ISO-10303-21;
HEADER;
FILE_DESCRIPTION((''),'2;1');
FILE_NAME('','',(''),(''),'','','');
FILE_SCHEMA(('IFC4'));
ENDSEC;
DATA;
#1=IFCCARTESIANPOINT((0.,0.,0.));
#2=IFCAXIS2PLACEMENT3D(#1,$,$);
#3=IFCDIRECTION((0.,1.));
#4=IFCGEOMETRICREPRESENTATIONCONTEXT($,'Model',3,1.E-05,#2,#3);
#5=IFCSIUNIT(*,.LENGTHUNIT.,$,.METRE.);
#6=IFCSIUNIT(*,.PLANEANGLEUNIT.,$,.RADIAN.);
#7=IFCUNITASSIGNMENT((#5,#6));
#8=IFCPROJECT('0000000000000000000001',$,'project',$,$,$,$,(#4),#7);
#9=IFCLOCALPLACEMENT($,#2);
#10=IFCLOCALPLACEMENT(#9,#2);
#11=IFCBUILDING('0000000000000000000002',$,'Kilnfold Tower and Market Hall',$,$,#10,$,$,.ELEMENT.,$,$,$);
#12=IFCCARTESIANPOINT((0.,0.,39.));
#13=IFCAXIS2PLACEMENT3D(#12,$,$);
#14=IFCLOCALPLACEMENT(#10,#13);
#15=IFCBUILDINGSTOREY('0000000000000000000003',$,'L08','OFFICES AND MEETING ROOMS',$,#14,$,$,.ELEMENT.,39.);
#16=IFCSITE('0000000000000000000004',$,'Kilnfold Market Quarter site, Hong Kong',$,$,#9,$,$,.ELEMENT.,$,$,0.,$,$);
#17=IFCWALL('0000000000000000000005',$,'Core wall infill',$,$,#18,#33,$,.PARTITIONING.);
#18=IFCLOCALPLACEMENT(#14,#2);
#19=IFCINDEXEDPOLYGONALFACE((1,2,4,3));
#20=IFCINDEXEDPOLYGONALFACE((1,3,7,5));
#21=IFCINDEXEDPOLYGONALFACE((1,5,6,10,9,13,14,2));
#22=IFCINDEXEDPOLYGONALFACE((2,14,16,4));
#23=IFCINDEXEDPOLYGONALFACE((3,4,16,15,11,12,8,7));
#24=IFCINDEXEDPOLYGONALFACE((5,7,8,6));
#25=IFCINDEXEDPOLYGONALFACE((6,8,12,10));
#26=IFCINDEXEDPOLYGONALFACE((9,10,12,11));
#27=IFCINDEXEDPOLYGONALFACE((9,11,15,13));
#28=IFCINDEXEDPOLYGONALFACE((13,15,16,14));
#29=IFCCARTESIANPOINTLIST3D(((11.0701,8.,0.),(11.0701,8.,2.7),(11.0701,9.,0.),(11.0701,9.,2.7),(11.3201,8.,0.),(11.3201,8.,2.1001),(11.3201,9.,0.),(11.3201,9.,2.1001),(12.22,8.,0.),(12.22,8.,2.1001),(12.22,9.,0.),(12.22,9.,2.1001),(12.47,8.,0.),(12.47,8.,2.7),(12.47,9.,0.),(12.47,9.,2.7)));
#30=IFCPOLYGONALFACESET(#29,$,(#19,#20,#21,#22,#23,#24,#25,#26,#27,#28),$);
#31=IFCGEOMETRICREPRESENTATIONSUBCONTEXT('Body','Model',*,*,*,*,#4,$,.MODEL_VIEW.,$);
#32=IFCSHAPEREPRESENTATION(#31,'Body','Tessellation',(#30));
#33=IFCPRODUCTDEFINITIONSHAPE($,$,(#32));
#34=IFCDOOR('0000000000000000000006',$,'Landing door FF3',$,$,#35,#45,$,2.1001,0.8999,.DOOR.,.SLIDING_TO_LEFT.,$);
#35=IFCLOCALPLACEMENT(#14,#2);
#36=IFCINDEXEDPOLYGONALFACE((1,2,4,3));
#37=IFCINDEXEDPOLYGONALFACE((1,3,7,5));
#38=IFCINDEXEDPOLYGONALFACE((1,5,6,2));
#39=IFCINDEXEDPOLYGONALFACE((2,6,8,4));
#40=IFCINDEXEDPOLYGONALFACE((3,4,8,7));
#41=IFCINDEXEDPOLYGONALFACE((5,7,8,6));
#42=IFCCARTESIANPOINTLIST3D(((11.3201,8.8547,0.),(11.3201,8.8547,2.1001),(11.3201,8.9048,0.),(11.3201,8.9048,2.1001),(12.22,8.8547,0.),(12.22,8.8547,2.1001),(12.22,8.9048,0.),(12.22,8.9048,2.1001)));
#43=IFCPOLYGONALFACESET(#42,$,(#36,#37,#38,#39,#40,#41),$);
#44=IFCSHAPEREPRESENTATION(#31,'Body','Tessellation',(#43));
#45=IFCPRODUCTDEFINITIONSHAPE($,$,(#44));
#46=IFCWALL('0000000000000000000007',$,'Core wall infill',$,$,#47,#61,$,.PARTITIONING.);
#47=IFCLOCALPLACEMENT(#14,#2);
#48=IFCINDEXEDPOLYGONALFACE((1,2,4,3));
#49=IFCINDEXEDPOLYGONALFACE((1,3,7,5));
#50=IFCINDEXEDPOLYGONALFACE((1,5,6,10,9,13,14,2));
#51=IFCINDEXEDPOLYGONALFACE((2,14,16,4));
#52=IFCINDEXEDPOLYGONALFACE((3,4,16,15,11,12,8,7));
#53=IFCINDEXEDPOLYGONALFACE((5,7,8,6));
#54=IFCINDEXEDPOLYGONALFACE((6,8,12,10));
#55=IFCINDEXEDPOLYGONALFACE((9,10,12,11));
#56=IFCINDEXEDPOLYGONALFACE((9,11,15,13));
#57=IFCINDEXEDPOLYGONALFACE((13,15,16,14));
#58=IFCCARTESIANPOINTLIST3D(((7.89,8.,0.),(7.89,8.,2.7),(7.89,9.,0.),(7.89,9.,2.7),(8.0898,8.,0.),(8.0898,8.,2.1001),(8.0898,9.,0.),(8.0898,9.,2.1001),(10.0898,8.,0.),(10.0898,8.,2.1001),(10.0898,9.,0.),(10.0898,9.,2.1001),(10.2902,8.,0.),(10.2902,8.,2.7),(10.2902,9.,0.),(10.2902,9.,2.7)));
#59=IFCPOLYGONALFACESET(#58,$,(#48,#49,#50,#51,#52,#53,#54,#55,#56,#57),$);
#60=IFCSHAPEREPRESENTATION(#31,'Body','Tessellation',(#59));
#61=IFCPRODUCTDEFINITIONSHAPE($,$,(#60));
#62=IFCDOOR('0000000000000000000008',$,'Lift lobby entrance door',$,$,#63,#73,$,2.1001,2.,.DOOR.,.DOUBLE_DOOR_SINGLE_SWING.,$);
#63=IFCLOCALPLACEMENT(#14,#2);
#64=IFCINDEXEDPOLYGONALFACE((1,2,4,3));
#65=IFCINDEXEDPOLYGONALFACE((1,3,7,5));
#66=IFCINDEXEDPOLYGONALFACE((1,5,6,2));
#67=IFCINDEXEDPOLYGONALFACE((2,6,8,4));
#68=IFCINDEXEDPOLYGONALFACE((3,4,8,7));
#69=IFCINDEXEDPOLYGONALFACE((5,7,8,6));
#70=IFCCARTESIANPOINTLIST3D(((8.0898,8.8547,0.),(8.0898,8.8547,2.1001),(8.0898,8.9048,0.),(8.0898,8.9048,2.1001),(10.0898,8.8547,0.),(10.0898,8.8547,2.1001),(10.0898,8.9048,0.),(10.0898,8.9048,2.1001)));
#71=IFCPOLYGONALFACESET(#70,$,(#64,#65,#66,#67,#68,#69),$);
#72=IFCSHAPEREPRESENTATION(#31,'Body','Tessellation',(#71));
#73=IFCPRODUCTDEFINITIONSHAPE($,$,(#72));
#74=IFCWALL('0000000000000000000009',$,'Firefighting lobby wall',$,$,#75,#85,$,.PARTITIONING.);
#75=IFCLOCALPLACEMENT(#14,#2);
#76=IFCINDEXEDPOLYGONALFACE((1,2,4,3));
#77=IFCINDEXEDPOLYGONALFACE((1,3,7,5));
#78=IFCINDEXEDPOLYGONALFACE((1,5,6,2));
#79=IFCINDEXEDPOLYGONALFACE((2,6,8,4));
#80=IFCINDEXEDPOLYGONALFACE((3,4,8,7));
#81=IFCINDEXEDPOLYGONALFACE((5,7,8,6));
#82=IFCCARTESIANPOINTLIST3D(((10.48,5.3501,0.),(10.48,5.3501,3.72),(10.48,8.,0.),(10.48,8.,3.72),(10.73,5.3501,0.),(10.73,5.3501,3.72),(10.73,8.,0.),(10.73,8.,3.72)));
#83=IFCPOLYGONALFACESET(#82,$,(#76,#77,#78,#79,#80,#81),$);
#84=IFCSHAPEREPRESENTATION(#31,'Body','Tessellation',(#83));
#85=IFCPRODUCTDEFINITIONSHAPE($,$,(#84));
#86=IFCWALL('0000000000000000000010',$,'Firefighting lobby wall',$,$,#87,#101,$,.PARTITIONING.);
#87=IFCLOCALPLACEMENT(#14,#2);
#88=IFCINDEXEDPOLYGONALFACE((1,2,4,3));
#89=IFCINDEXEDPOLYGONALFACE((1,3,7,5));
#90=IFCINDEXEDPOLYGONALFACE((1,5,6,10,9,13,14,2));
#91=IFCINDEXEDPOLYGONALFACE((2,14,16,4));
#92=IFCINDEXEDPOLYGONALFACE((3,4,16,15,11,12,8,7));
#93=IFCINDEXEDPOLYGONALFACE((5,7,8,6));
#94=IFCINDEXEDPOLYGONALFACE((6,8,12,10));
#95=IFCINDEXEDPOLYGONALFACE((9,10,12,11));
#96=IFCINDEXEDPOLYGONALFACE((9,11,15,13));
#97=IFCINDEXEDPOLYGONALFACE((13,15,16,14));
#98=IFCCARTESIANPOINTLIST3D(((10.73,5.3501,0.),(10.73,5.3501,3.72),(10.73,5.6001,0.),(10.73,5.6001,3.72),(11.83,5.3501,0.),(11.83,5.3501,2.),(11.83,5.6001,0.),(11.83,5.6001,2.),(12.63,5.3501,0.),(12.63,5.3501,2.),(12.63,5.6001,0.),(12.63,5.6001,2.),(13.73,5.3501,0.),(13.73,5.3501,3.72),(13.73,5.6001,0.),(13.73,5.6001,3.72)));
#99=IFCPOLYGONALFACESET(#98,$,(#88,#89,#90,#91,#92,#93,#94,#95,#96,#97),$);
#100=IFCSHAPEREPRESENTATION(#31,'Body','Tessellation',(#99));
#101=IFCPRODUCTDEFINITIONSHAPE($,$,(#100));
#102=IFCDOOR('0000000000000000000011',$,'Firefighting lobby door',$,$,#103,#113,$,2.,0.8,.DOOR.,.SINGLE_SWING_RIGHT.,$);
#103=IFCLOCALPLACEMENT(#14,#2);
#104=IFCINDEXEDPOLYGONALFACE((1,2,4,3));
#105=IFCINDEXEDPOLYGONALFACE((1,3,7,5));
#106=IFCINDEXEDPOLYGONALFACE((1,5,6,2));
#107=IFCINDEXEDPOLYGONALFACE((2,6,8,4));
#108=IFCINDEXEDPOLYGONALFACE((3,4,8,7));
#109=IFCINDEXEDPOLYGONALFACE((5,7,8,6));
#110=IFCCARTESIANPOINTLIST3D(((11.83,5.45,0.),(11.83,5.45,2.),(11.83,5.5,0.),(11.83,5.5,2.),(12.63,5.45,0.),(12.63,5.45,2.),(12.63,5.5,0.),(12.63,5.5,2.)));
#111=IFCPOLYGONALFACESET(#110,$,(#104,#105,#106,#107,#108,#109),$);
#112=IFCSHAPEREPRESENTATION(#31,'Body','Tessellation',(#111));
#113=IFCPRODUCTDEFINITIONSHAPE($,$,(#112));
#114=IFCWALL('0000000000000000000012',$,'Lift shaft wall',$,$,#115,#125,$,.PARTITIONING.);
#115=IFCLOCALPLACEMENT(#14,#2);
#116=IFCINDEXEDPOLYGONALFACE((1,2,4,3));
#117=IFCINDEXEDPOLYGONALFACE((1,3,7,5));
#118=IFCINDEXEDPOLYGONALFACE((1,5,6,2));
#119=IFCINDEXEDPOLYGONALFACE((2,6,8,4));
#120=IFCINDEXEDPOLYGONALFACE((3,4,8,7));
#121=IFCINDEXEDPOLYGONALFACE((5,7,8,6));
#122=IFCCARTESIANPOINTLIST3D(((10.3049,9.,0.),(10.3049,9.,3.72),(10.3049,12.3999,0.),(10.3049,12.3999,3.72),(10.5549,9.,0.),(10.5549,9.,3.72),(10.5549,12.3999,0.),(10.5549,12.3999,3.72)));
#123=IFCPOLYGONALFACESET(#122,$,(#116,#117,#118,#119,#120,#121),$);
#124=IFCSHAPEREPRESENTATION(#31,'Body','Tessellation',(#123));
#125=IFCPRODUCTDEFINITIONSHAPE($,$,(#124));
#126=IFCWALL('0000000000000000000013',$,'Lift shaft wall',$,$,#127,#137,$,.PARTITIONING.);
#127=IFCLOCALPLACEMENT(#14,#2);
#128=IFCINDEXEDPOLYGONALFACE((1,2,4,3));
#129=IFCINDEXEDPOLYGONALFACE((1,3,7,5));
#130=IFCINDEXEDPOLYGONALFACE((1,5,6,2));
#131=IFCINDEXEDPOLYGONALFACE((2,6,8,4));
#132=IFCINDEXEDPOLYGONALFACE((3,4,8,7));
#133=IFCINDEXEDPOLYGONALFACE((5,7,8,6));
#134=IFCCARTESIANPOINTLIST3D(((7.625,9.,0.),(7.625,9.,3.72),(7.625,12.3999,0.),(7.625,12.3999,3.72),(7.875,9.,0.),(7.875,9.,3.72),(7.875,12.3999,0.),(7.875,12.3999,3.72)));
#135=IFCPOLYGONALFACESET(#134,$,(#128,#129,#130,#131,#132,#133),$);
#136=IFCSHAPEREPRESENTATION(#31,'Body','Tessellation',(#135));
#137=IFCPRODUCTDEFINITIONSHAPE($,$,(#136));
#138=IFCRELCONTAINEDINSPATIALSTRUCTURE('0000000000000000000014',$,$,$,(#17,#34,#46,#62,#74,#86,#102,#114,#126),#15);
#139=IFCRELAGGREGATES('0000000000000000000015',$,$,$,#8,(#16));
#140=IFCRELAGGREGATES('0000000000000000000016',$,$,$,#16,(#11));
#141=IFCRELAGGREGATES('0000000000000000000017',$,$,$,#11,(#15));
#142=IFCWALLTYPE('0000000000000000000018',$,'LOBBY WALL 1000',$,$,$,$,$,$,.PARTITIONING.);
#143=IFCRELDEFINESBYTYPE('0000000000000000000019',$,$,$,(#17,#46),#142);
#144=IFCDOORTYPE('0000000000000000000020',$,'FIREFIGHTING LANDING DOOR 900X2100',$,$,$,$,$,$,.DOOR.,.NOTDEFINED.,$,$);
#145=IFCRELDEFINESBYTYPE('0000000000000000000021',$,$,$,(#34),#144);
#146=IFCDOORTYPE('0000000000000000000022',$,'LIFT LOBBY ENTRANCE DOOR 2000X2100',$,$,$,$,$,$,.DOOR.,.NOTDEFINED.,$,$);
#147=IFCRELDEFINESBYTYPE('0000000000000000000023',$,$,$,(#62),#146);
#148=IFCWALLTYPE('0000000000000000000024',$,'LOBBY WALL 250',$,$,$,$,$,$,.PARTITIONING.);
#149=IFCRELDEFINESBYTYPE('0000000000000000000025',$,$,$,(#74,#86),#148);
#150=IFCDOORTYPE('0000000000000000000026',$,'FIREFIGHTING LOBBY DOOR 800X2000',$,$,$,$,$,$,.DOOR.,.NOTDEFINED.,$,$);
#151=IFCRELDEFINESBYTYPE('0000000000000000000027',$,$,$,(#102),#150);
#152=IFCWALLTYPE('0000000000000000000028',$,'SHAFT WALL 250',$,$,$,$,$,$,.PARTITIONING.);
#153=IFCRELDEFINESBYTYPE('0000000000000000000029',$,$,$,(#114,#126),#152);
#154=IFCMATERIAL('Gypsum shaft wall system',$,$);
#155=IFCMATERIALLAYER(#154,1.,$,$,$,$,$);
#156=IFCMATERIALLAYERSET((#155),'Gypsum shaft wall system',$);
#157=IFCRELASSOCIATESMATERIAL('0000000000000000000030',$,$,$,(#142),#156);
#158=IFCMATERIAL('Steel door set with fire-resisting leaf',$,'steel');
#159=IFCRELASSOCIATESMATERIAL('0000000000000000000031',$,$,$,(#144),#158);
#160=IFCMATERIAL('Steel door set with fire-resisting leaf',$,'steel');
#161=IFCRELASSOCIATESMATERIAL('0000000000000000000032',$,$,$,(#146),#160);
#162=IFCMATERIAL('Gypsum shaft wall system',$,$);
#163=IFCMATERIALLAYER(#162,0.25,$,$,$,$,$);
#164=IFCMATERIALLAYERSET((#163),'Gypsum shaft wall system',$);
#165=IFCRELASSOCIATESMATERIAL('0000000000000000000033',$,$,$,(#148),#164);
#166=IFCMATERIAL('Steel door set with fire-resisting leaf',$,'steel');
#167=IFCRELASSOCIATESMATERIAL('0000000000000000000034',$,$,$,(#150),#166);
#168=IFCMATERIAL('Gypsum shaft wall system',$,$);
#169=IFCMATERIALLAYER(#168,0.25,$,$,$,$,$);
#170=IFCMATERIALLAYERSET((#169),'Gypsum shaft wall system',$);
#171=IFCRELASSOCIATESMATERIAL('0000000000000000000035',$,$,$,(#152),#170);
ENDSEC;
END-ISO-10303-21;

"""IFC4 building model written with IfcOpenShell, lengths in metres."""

from ifc_helpers import new_model, si_unit, direction, frame, frame_2d, origin, place, context, subcontext, project, spatial, rectangle, extrude, source, transform, mapped, material, layer, layer_set, type_object, element, fill, save


model = new_model("IFC4")

# Units and contexts
model_context = context("Model", 3, precision=1e-05, world=origin(), true_north=direction((0.0, 1.0)))
body_context = subcontext(model_context, "Body", "Model", "MODEL_VIEW")
ifc_project = project(units=[si_unit("LENGTHUNIT", "METRE"), si_unit("PLANEANGLEUNIT", "RADIAN")], contexts=[model_context])

# Site, building, storey
site_placement = place(None, origin())
site = spatial("IfcSite", under=ifc_project, at=site_placement, Name="Kilnfold Market Quarter site, Hong Kong", CompositionType="ELEMENT", RefElevation=0.0)
building_placement = place(site_placement, origin())
building = spatial("IfcBuilding", under=site, at=building_placement, Name="Kilnfold Tower and Market Hall", CompositionType="ELEMENT")
storey_placement = place(building_placement, frame((0.0, 0.0, 39.0)))
storey = spatial("IfcBuildingStorey", under=building, at=storey_placement, Name="L08", Description="OFFICES AND MEETING ROOMS", CompositionType="ELEMENT", Elevation=39.0)

# Walls, openings, doors
ifc_material_1 = material(Name="Gypsum shaft wall system")
ifc_layer_1 = layer(ifc_material_1, 1.0)
ifc_layer_set_1 = layer_set([ifc_layer_1], Name="Gypsum shaft wall system")
wall_type_1 = type_object("IfcWallType", Name="LOBBY WALL 1000", PredefinedType="PARTITIONING", material=ifc_layer_set_1)
shared_shape_1 = source(origin(), body_context, "Body", "SweptSolid", [
    extrude(rectangle(XDim=1.3999, YDim=1.0, at=frame_2d((0.7, 0.0))), origin(), (0.0, 0.0, 1.0), 2.7),
])
wall_1_placement = place(storey_placement, frame((11.0701, 8.5, 0.0), z_axis=(0.0, 0.0, 1.0), x_axis=(1.0, 0.0, 0.0)))
wall_1 = element("IfcWall", 1, at=wall_1_placement, inside=storey, type_object=wall_type_1, Name="Core wall infill", PredefinedType="PARTITIONING", context=body_context, shape_type="MappedRepresentation", body=[
    mapped(shared_shape_1, transform((0.0, 0.0, 0.0))),
])
opening_1_placement = place(wall_1_placement, frame((0.25, 0.0, 0.0)))
opening_1 = element("IfcOpeningElement", 2, at=opening_1_placement, cuts=wall_1, PredefinedType="OPENING", context=body_context, shape_type="SweptSolid", body=[
    extrude(rectangle(XDim=0.8999, YDim=2.1001, at=frame_2d((0.45, 1.05))), frame((0.0, 0.51, 0.0), z_axis=(0.0, -1.0, 0.0), x_axis=(1.0, 0.0, 0.0)), (0.0, 0.0, 1.0), 1.02),
])
ifc_material_2 = material(Name="Steel door set with fire-resisting leaf", Category="steel")
door_type_1 = type_object("IfcDoorType", Name="FIREFIGHTING LANDING DOOR 900X2100", OperationType="NOTDEFINED", PredefinedType="DOOR", material=ifc_material_2)
door_1_placement = place(opening_1_placement, origin())
door_1 = element("IfcDoor", 3, at=door_1_placement, inside=storey, type_object=door_type_1, Name="Landing door FF3", OperationType="SLIDING_TO_LEFT", OverallHeight=2.1001, OverallWidth=0.8999, PredefinedType="DOOR", context=body_context, shape_type="SweptSolid", body=[
    extrude(rectangle(XDim=0.8999, YDim=2.1001, at=frame_2d((0.45, 1.05))), frame((0.0, 0.4048, 0.0), z_axis=(0.0, -1.0, 0.0), x_axis=(1.0, 0.0, 0.0)), (0.0, 0.0, 1.0), 0.05),
])
fill(opening_1, door_1)
shared_shape_2 = source(origin(), body_context, "Body", "SweptSolid", [
    extrude(rectangle(XDim=2.4001, YDim=1.0, at=frame_2d((1.2002, 0.0))), origin(), (0.0, 0.0, 1.0), 2.7),
])
wall_2_placement = place(storey_placement, frame((7.8899, 8.5, 0.0), z_axis=(0.0, 0.0, 1.0), x_axis=(1.0, 0.0, 0.0)))
wall_2 = element("IfcWall", 4, at=wall_2_placement, inside=storey, type_object=wall_type_1, Name="Core wall infill", PredefinedType="PARTITIONING", context=body_context, shape_type="MappedRepresentation", body=[
    mapped(shared_shape_2, transform((0.0, 0.0, 0.0))),
])
opening_2_placement = place(wall_2_placement, frame((0.2, 0.0, 0.0)))
opening_2 = element("IfcOpeningElement", 5, at=opening_2_placement, cuts=wall_2, PredefinedType="OPENING", context=body_context, shape_type="SweptSolid", body=[
    extrude(rectangle(XDim=2.0, YDim=2.1001, at=frame_2d((1.0, 1.05))), frame((0.0, 0.51, 0.0), z_axis=(0.0, -1.0, 0.0), x_axis=(1.0, 0.0, 0.0)), (0.0, 0.0, 1.0), 1.02),
])
ifc_material_3 = material(Name="Steel door set with fire-resisting leaf", Category="steel")
door_type_2 = type_object("IfcDoorType", Name="LIFT LOBBY ENTRANCE DOOR 2000X2100", OperationType="NOTDEFINED", PredefinedType="DOOR", material=ifc_material_3)
door_2_placement = place(opening_2_placement, origin())
door_2 = element("IfcDoor", 6, at=door_2_placement, inside=storey, type_object=door_type_2, Name="Lift lobby entrance door", OperationType="DOUBLE_DOOR_SINGLE_SWING", OverallHeight=2.1001, OverallWidth=2.0, PredefinedType="DOOR", context=body_context, shape_type="SweptSolid", body=[
    extrude(rectangle(XDim=2.0, YDim=2.1001, at=frame_2d((1.0, 1.05))), frame((0.0, 0.4048, 0.0), z_axis=(0.0, -1.0, 0.0), x_axis=(1.0, 0.0, 0.0)), (0.0, 0.0, 1.0), 0.05),
])
fill(opening_2, door_2)

# Wall
ifc_material_4 = material(Name="Gypsum shaft wall system")
ifc_layer_2 = layer(ifc_material_4, 0.25)
ifc_layer_set_2 = layer_set([ifc_layer_2], Name="Gypsum shaft wall system")
wall_type_2 = type_object("IfcWallType", Name="LOBBY WALL 250", PredefinedType="PARTITIONING", material=ifc_layer_set_2)
shared_shape_3 = source(origin(), body_context, "Body", "SweptSolid", [
    extrude(rectangle(XDim=2.6499, YDim=0.25, at=frame_2d((1.325, 0.0))), origin(), (0.0, 0.0, 1.0), 3.72),
])
wall_3_placement = place(storey_placement, frame((10.605, 5.3501, 0.0), z_axis=(0.0, 0.0, 1.0), x_axis=(0.0, 1.0, 0.0)))
element("IfcWall", 7, at=wall_3_placement, inside=storey, type_object=wall_type_2, Name="Firefighting lobby wall", PredefinedType="PARTITIONING", context=body_context, shape_type="MappedRepresentation", body=[
    mapped(shared_shape_3, transform((0.0, 0.0, 0.0))),
])

# Wall, opening, door
shared_shape_4 = source(origin(), body_context, "Body", "SweptSolid", [
    extrude(rectangle(XDim=3.0, YDim=0.25, at=frame_2d((1.5, 0.0))), origin(), (0.0, 0.0, 1.0), 3.72),
])
wall_4_placement = place(storey_placement, frame((10.73, 5.4751, 0.0), z_axis=(0.0, 0.0, 1.0), x_axis=(1.0, 0.0, 0.0)))
wall_4 = element("IfcWall", 8, at=wall_4_placement, inside=storey, type_object=wall_type_2, Name="Firefighting lobby wall", PredefinedType="PARTITIONING", context=body_context, shape_type="MappedRepresentation", body=[
    mapped(shared_shape_4, transform((0.0, 0.0, 0.0))),
])
opening_3_placement = place(wall_4_placement, frame((1.1001, 0.0, 0.0)))
opening_3 = element("IfcOpeningElement", 9, at=opening_3_placement, cuts=wall_4, PredefinedType="OPENING", context=body_context, shape_type="SweptSolid", body=[
    extrude(rectangle(XDim=0.8, YDim=2.0, at=frame_2d((0.3999, 1.0))), frame((0.0, 0.135, 0.0), z_axis=(0.0, -1.0, 0.0), x_axis=(1.0, 0.0, 0.0)), (0.0, 0.0, 1.0), 0.27),
])
ifc_material_5 = material(Name="Steel door set with fire-resisting leaf", Category="steel")
door_type_3 = type_object("IfcDoorType", Name="FIREFIGHTING LOBBY DOOR 800X2000", OperationType="NOTDEFINED", PredefinedType="DOOR", material=ifc_material_5)
door_3_placement = place(opening_3_placement, origin())
door_3 = element("IfcDoor", 10, at=door_3_placement, inside=storey, type_object=door_type_3, Name="Firefighting lobby door", OperationType="SINGLE_SWING_RIGHT", OverallHeight=2.0, OverallWidth=0.8, PredefinedType="DOOR", context=body_context, shape_type="SweptSolid", body=[
    extrude(rectangle(XDim=0.8, YDim=2.0, at=frame_2d((0.3999, 1.0))), frame((0.0, 0.0249, 0.0), z_axis=(0.0, -1.0, 0.0), x_axis=(1.0, 0.0, 0.0)), (0.0, 0.0, 1.0), 0.05),
])
fill(opening_3, door_3)

# Walls
ifc_material_6 = material(Name="Gypsum shaft wall system")
ifc_layer_3 = layer(ifc_material_6, 0.25)
ifc_layer_set_3 = layer_set([ifc_layer_3], Name="Gypsum shaft wall system")
wall_type_3 = type_object("IfcWallType", Name="SHAFT WALL 250", PredefinedType="PARTITIONING", material=ifc_layer_set_3)
shared_shape_5 = source(origin(), body_context, "Body", "SweptSolid", [
    extrude(rectangle(XDim=3.3999, YDim=0.25, at=frame_2d((1.7, 0.0))), origin(), (0.0, 0.0, 1.0), 3.72),
])
for number, where, z_axis, x_axis, name in (
    (11, (10.4299, 9.0, 0.0), (0.0, 0.0, 1.0), (0.0, 1.0, 0.0), "Lift shaft wall"),
    (12, (7.75, 9.0, 0.0), (0.0, 0.0, 1.0), (0.0, 1.0, 0.0), "Lift shaft wall"),
):
    element("IfcWall", number, at=place(storey_placement, frame(where, z_axis=z_axis, x_axis=x_axis)), inside=storey, type_object=wall_type_3, Name=name, PredefinedType="PARTITIONING", context=body_context, shape_type="MappedRepresentation", body=[
        mapped(shared_shape_5, transform((0.0, 0.0, 0.0))),
    ])

save(model, "model.ifc")
